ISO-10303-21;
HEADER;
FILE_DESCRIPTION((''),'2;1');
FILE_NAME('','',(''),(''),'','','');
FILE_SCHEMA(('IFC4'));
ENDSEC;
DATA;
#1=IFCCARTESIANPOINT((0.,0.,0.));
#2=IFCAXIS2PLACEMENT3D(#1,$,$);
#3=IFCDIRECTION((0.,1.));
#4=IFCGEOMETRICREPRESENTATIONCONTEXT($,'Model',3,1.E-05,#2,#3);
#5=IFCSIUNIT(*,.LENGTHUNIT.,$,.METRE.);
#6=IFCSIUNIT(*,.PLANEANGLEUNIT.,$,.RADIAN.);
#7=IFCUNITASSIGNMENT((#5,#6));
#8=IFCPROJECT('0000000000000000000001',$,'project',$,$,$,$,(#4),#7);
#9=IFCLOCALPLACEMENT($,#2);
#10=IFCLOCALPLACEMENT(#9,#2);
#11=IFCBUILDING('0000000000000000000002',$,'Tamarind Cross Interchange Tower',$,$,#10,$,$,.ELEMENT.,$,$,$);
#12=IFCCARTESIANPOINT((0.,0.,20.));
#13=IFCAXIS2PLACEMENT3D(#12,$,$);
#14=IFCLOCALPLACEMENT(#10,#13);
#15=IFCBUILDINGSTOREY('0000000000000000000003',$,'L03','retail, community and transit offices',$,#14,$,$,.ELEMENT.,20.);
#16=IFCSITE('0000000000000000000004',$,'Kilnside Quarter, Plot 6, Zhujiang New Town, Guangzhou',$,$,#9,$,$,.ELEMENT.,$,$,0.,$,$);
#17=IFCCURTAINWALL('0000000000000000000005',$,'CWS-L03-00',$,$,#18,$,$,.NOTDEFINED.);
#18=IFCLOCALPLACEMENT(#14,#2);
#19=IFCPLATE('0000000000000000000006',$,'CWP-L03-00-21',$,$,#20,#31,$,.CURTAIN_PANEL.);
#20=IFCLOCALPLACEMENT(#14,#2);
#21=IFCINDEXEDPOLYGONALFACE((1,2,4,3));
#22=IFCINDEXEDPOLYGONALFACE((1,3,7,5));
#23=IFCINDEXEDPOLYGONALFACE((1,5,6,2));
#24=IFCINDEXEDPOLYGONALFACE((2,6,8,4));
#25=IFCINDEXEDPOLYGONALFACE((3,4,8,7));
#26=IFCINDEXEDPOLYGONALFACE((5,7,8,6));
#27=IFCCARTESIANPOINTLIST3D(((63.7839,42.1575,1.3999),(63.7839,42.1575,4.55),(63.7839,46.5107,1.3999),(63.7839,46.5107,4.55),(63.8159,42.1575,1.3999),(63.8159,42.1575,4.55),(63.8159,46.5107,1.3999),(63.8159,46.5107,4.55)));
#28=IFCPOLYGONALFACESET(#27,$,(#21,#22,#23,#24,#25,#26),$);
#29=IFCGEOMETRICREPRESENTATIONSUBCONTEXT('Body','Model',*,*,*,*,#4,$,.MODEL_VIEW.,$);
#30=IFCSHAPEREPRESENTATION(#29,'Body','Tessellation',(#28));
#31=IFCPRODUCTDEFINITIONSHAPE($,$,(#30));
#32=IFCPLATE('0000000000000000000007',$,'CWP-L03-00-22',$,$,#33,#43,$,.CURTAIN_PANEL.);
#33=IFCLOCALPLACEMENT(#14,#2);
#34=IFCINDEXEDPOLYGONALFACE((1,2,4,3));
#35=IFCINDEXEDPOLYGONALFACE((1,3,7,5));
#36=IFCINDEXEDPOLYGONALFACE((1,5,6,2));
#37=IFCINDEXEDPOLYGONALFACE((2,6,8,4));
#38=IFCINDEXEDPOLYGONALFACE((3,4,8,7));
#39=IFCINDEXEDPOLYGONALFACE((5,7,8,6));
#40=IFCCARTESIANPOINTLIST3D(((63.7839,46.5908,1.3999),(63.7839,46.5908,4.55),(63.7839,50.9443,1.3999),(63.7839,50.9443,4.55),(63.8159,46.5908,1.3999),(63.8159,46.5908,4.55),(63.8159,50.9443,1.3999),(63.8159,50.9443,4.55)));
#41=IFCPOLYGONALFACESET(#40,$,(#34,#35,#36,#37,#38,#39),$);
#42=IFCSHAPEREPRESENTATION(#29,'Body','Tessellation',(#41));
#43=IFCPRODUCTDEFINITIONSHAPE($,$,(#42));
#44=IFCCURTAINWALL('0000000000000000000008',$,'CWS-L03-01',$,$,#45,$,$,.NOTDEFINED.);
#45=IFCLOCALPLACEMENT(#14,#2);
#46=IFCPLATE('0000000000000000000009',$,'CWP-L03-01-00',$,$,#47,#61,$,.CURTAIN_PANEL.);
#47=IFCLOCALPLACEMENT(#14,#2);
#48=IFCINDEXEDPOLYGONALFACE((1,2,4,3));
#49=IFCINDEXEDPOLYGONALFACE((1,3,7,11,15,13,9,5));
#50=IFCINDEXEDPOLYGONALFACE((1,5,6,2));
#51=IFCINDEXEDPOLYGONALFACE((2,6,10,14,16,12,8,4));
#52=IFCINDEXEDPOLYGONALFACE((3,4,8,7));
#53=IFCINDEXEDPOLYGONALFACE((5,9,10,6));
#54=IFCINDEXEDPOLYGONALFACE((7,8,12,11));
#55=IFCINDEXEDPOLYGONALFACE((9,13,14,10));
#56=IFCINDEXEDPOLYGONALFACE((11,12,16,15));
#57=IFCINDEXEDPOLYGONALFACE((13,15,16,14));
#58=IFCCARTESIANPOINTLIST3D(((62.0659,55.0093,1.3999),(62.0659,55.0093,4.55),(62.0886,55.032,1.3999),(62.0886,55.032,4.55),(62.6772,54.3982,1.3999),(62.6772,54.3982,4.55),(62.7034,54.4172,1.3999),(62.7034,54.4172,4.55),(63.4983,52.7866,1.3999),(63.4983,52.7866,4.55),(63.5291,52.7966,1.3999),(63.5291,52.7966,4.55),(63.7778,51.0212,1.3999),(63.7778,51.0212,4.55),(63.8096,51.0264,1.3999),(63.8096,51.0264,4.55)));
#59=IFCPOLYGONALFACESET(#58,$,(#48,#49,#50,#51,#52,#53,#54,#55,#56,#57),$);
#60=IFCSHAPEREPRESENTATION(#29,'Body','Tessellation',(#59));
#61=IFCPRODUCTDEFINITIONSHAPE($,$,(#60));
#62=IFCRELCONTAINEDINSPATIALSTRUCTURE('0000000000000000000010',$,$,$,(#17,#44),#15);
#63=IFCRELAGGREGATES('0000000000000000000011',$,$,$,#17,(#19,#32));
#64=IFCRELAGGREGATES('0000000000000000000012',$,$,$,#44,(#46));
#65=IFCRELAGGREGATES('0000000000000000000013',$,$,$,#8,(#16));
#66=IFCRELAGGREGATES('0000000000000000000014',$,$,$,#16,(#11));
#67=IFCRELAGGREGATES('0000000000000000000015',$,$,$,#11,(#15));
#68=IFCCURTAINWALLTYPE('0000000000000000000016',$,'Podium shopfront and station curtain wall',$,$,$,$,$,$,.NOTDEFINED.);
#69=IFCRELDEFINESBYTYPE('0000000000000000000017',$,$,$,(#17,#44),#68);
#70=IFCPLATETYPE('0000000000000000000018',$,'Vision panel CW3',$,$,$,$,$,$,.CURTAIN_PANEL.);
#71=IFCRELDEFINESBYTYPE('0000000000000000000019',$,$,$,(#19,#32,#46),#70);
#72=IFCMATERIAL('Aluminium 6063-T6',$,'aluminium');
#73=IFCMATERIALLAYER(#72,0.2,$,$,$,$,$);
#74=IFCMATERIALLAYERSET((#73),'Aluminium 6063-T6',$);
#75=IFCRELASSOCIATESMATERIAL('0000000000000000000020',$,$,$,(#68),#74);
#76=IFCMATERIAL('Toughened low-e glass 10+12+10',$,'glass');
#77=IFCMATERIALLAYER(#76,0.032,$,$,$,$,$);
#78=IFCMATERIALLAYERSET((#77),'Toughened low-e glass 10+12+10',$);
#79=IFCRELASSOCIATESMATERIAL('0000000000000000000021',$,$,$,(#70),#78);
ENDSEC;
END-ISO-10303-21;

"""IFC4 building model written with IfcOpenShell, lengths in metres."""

from ifc_helpers import new_model, si_unit, direction, frame, origin, place, context, subcontext, project, spatial, polyline, outline, extrude, material, layer, layer_set, type_object, element, aggregate, save


model = new_model("IFC4")

# Units and contexts
model_context = context("Model", 3, precision=1e-05, world=origin(), true_north=direction((0.0, 1.0)))
body_context = subcontext(model_context, "Body", "Model", "MODEL_VIEW")
ifc_project = project(units=[si_unit("LENGTHUNIT", "METRE"), si_unit("PLANEANGLEUNIT", "RADIAN")], contexts=[model_context])

# Site, building, storey
site_placement = place(None, origin())
site = spatial("IfcSite", under=ifc_project, at=site_placement, Name="Kilnside Quarter, Plot 6, Zhujiang New Town, Guangzhou", CompositionType="ELEMENT", RefElevation=0.0)
building_placement = place(site_placement, origin())
building = spatial("IfcBuilding", under=site, at=building_placement, Name="Tamarind Cross Interchange Tower", CompositionType="ELEMENT")
storey_placement = place(building_placement, frame((0.0, 0.0, 20.0)))
storey = spatial("IfcBuildingStorey", under=building, at=storey_placement, Name="L03", Description="retail, community and transit offices", CompositionType="ELEMENT", Elevation=20.0)

# Curtain wall, plates
ifc_material_1 = material(Name="Aluminium 6063-T6", Category="aluminium")
ifc_layer_1 = layer(ifc_material_1, 0.2)
ifc_layer_set_1 = layer_set([ifc_layer_1], Name="Aluminium 6063-T6")
curtain_wall_type = type_object("IfcCurtainWallType", Name="Podium shopfront and station curtain wall", PredefinedType="NOTDEFINED", material=ifc_layer_set_1)
curtain_wall_1_placement = place(storey_placement, origin())
curtain_wall_1 = element("IfcCurtainWall", 1, at=curtain_wall_1_placement, inside=storey, type_object=curtain_wall_type, Name="CWS-L03-00", PredefinedType="NOTDEFINED")
ifc_material_2 = material(Name="Toughened low-e glass 10+12+10", Category="glass")
ifc_layer_2 = layer(ifc_material_2, 0.032)
ifc_layer_set_2 = layer_set([ifc_layer_2], Name="Toughened low-e glass 10+12+10")
plate_type = type_object("IfcPlateType", Name="Vision panel CW3", PredefinedType="CURTAIN_PANEL", material=ifc_layer_set_2)
plate_1_placement = place(storey_placement, frame((0.0, 0.0, 1.3999)))
plate_1 = element("IfcPlate", 2, at=plate_1_placement, type_object=plate_type, Name="CWP-L03-00-21", PredefinedType="CURTAIN_PANEL", context=body_context, shape_type="SweptSolid", body=[
    extrude(outline(polyline([(63.7839, 42.1575), (63.7839, 46.5107), (63.8159, 46.5107), (63.8159, 42.1575), (63.7839, 42.1575)])), origin(), (0.0, 0.0, 1.0), 3.1501),
])
plate_2_placement = place(storey_placement, frame((0.0, 0.0, 1.3999)))
plate_2 = element("IfcPlate", 3, at=plate_2_placement, type_object=plate_type, Name="CWP-L03-00-22", PredefinedType="CURTAIN_PANEL", context=body_context, shape_type="SweptSolid", body=[
    extrude(outline(polyline([(63.7839, 46.5908), (63.7839, 50.9443), (63.8159, 50.9443), (63.8159, 46.5908), (63.7839, 46.5908)])), origin(), (0.0, 0.0, 1.0), 3.1501),
])
aggregate(curtain_wall_1, [plate_1, plate_2])

# Curtain wall, plate
curtain_wall_2_placement = place(storey_placement, origin())
curtain_wall_2 = element("IfcCurtainWall", 4, at=curtain_wall_2_placement, inside=storey, type_object=curtain_wall_type, Name="CWS-L03-01", PredefinedType="NOTDEFINED")
plate_3_placement = place(storey_placement, frame((0.0, 0.0, 1.3999)))
plate_3 = element("IfcPlate", 5, at=plate_3_placement, type_object=plate_type, Name="CWP-L03-01-00", PredefinedType="CURTAIN_PANEL", context=body_context, shape_type="SweptSolid", body=[
    extrude(outline(polyline([(63.7778, 51.0212), (63.4983, 52.7866), (62.6772, 54.3982), (62.0659, 55.0093), (62.0886, 55.032), (62.7034, 54.4172), (63.5291, 52.7966), (63.8096, 51.0264), (63.7778, 51.0212)])), origin(), (0.0, 0.0, 1.0), 3.1501),
])
aggregate(curtain_wall_2, [plate_3])

save(model, "model.ifc")
